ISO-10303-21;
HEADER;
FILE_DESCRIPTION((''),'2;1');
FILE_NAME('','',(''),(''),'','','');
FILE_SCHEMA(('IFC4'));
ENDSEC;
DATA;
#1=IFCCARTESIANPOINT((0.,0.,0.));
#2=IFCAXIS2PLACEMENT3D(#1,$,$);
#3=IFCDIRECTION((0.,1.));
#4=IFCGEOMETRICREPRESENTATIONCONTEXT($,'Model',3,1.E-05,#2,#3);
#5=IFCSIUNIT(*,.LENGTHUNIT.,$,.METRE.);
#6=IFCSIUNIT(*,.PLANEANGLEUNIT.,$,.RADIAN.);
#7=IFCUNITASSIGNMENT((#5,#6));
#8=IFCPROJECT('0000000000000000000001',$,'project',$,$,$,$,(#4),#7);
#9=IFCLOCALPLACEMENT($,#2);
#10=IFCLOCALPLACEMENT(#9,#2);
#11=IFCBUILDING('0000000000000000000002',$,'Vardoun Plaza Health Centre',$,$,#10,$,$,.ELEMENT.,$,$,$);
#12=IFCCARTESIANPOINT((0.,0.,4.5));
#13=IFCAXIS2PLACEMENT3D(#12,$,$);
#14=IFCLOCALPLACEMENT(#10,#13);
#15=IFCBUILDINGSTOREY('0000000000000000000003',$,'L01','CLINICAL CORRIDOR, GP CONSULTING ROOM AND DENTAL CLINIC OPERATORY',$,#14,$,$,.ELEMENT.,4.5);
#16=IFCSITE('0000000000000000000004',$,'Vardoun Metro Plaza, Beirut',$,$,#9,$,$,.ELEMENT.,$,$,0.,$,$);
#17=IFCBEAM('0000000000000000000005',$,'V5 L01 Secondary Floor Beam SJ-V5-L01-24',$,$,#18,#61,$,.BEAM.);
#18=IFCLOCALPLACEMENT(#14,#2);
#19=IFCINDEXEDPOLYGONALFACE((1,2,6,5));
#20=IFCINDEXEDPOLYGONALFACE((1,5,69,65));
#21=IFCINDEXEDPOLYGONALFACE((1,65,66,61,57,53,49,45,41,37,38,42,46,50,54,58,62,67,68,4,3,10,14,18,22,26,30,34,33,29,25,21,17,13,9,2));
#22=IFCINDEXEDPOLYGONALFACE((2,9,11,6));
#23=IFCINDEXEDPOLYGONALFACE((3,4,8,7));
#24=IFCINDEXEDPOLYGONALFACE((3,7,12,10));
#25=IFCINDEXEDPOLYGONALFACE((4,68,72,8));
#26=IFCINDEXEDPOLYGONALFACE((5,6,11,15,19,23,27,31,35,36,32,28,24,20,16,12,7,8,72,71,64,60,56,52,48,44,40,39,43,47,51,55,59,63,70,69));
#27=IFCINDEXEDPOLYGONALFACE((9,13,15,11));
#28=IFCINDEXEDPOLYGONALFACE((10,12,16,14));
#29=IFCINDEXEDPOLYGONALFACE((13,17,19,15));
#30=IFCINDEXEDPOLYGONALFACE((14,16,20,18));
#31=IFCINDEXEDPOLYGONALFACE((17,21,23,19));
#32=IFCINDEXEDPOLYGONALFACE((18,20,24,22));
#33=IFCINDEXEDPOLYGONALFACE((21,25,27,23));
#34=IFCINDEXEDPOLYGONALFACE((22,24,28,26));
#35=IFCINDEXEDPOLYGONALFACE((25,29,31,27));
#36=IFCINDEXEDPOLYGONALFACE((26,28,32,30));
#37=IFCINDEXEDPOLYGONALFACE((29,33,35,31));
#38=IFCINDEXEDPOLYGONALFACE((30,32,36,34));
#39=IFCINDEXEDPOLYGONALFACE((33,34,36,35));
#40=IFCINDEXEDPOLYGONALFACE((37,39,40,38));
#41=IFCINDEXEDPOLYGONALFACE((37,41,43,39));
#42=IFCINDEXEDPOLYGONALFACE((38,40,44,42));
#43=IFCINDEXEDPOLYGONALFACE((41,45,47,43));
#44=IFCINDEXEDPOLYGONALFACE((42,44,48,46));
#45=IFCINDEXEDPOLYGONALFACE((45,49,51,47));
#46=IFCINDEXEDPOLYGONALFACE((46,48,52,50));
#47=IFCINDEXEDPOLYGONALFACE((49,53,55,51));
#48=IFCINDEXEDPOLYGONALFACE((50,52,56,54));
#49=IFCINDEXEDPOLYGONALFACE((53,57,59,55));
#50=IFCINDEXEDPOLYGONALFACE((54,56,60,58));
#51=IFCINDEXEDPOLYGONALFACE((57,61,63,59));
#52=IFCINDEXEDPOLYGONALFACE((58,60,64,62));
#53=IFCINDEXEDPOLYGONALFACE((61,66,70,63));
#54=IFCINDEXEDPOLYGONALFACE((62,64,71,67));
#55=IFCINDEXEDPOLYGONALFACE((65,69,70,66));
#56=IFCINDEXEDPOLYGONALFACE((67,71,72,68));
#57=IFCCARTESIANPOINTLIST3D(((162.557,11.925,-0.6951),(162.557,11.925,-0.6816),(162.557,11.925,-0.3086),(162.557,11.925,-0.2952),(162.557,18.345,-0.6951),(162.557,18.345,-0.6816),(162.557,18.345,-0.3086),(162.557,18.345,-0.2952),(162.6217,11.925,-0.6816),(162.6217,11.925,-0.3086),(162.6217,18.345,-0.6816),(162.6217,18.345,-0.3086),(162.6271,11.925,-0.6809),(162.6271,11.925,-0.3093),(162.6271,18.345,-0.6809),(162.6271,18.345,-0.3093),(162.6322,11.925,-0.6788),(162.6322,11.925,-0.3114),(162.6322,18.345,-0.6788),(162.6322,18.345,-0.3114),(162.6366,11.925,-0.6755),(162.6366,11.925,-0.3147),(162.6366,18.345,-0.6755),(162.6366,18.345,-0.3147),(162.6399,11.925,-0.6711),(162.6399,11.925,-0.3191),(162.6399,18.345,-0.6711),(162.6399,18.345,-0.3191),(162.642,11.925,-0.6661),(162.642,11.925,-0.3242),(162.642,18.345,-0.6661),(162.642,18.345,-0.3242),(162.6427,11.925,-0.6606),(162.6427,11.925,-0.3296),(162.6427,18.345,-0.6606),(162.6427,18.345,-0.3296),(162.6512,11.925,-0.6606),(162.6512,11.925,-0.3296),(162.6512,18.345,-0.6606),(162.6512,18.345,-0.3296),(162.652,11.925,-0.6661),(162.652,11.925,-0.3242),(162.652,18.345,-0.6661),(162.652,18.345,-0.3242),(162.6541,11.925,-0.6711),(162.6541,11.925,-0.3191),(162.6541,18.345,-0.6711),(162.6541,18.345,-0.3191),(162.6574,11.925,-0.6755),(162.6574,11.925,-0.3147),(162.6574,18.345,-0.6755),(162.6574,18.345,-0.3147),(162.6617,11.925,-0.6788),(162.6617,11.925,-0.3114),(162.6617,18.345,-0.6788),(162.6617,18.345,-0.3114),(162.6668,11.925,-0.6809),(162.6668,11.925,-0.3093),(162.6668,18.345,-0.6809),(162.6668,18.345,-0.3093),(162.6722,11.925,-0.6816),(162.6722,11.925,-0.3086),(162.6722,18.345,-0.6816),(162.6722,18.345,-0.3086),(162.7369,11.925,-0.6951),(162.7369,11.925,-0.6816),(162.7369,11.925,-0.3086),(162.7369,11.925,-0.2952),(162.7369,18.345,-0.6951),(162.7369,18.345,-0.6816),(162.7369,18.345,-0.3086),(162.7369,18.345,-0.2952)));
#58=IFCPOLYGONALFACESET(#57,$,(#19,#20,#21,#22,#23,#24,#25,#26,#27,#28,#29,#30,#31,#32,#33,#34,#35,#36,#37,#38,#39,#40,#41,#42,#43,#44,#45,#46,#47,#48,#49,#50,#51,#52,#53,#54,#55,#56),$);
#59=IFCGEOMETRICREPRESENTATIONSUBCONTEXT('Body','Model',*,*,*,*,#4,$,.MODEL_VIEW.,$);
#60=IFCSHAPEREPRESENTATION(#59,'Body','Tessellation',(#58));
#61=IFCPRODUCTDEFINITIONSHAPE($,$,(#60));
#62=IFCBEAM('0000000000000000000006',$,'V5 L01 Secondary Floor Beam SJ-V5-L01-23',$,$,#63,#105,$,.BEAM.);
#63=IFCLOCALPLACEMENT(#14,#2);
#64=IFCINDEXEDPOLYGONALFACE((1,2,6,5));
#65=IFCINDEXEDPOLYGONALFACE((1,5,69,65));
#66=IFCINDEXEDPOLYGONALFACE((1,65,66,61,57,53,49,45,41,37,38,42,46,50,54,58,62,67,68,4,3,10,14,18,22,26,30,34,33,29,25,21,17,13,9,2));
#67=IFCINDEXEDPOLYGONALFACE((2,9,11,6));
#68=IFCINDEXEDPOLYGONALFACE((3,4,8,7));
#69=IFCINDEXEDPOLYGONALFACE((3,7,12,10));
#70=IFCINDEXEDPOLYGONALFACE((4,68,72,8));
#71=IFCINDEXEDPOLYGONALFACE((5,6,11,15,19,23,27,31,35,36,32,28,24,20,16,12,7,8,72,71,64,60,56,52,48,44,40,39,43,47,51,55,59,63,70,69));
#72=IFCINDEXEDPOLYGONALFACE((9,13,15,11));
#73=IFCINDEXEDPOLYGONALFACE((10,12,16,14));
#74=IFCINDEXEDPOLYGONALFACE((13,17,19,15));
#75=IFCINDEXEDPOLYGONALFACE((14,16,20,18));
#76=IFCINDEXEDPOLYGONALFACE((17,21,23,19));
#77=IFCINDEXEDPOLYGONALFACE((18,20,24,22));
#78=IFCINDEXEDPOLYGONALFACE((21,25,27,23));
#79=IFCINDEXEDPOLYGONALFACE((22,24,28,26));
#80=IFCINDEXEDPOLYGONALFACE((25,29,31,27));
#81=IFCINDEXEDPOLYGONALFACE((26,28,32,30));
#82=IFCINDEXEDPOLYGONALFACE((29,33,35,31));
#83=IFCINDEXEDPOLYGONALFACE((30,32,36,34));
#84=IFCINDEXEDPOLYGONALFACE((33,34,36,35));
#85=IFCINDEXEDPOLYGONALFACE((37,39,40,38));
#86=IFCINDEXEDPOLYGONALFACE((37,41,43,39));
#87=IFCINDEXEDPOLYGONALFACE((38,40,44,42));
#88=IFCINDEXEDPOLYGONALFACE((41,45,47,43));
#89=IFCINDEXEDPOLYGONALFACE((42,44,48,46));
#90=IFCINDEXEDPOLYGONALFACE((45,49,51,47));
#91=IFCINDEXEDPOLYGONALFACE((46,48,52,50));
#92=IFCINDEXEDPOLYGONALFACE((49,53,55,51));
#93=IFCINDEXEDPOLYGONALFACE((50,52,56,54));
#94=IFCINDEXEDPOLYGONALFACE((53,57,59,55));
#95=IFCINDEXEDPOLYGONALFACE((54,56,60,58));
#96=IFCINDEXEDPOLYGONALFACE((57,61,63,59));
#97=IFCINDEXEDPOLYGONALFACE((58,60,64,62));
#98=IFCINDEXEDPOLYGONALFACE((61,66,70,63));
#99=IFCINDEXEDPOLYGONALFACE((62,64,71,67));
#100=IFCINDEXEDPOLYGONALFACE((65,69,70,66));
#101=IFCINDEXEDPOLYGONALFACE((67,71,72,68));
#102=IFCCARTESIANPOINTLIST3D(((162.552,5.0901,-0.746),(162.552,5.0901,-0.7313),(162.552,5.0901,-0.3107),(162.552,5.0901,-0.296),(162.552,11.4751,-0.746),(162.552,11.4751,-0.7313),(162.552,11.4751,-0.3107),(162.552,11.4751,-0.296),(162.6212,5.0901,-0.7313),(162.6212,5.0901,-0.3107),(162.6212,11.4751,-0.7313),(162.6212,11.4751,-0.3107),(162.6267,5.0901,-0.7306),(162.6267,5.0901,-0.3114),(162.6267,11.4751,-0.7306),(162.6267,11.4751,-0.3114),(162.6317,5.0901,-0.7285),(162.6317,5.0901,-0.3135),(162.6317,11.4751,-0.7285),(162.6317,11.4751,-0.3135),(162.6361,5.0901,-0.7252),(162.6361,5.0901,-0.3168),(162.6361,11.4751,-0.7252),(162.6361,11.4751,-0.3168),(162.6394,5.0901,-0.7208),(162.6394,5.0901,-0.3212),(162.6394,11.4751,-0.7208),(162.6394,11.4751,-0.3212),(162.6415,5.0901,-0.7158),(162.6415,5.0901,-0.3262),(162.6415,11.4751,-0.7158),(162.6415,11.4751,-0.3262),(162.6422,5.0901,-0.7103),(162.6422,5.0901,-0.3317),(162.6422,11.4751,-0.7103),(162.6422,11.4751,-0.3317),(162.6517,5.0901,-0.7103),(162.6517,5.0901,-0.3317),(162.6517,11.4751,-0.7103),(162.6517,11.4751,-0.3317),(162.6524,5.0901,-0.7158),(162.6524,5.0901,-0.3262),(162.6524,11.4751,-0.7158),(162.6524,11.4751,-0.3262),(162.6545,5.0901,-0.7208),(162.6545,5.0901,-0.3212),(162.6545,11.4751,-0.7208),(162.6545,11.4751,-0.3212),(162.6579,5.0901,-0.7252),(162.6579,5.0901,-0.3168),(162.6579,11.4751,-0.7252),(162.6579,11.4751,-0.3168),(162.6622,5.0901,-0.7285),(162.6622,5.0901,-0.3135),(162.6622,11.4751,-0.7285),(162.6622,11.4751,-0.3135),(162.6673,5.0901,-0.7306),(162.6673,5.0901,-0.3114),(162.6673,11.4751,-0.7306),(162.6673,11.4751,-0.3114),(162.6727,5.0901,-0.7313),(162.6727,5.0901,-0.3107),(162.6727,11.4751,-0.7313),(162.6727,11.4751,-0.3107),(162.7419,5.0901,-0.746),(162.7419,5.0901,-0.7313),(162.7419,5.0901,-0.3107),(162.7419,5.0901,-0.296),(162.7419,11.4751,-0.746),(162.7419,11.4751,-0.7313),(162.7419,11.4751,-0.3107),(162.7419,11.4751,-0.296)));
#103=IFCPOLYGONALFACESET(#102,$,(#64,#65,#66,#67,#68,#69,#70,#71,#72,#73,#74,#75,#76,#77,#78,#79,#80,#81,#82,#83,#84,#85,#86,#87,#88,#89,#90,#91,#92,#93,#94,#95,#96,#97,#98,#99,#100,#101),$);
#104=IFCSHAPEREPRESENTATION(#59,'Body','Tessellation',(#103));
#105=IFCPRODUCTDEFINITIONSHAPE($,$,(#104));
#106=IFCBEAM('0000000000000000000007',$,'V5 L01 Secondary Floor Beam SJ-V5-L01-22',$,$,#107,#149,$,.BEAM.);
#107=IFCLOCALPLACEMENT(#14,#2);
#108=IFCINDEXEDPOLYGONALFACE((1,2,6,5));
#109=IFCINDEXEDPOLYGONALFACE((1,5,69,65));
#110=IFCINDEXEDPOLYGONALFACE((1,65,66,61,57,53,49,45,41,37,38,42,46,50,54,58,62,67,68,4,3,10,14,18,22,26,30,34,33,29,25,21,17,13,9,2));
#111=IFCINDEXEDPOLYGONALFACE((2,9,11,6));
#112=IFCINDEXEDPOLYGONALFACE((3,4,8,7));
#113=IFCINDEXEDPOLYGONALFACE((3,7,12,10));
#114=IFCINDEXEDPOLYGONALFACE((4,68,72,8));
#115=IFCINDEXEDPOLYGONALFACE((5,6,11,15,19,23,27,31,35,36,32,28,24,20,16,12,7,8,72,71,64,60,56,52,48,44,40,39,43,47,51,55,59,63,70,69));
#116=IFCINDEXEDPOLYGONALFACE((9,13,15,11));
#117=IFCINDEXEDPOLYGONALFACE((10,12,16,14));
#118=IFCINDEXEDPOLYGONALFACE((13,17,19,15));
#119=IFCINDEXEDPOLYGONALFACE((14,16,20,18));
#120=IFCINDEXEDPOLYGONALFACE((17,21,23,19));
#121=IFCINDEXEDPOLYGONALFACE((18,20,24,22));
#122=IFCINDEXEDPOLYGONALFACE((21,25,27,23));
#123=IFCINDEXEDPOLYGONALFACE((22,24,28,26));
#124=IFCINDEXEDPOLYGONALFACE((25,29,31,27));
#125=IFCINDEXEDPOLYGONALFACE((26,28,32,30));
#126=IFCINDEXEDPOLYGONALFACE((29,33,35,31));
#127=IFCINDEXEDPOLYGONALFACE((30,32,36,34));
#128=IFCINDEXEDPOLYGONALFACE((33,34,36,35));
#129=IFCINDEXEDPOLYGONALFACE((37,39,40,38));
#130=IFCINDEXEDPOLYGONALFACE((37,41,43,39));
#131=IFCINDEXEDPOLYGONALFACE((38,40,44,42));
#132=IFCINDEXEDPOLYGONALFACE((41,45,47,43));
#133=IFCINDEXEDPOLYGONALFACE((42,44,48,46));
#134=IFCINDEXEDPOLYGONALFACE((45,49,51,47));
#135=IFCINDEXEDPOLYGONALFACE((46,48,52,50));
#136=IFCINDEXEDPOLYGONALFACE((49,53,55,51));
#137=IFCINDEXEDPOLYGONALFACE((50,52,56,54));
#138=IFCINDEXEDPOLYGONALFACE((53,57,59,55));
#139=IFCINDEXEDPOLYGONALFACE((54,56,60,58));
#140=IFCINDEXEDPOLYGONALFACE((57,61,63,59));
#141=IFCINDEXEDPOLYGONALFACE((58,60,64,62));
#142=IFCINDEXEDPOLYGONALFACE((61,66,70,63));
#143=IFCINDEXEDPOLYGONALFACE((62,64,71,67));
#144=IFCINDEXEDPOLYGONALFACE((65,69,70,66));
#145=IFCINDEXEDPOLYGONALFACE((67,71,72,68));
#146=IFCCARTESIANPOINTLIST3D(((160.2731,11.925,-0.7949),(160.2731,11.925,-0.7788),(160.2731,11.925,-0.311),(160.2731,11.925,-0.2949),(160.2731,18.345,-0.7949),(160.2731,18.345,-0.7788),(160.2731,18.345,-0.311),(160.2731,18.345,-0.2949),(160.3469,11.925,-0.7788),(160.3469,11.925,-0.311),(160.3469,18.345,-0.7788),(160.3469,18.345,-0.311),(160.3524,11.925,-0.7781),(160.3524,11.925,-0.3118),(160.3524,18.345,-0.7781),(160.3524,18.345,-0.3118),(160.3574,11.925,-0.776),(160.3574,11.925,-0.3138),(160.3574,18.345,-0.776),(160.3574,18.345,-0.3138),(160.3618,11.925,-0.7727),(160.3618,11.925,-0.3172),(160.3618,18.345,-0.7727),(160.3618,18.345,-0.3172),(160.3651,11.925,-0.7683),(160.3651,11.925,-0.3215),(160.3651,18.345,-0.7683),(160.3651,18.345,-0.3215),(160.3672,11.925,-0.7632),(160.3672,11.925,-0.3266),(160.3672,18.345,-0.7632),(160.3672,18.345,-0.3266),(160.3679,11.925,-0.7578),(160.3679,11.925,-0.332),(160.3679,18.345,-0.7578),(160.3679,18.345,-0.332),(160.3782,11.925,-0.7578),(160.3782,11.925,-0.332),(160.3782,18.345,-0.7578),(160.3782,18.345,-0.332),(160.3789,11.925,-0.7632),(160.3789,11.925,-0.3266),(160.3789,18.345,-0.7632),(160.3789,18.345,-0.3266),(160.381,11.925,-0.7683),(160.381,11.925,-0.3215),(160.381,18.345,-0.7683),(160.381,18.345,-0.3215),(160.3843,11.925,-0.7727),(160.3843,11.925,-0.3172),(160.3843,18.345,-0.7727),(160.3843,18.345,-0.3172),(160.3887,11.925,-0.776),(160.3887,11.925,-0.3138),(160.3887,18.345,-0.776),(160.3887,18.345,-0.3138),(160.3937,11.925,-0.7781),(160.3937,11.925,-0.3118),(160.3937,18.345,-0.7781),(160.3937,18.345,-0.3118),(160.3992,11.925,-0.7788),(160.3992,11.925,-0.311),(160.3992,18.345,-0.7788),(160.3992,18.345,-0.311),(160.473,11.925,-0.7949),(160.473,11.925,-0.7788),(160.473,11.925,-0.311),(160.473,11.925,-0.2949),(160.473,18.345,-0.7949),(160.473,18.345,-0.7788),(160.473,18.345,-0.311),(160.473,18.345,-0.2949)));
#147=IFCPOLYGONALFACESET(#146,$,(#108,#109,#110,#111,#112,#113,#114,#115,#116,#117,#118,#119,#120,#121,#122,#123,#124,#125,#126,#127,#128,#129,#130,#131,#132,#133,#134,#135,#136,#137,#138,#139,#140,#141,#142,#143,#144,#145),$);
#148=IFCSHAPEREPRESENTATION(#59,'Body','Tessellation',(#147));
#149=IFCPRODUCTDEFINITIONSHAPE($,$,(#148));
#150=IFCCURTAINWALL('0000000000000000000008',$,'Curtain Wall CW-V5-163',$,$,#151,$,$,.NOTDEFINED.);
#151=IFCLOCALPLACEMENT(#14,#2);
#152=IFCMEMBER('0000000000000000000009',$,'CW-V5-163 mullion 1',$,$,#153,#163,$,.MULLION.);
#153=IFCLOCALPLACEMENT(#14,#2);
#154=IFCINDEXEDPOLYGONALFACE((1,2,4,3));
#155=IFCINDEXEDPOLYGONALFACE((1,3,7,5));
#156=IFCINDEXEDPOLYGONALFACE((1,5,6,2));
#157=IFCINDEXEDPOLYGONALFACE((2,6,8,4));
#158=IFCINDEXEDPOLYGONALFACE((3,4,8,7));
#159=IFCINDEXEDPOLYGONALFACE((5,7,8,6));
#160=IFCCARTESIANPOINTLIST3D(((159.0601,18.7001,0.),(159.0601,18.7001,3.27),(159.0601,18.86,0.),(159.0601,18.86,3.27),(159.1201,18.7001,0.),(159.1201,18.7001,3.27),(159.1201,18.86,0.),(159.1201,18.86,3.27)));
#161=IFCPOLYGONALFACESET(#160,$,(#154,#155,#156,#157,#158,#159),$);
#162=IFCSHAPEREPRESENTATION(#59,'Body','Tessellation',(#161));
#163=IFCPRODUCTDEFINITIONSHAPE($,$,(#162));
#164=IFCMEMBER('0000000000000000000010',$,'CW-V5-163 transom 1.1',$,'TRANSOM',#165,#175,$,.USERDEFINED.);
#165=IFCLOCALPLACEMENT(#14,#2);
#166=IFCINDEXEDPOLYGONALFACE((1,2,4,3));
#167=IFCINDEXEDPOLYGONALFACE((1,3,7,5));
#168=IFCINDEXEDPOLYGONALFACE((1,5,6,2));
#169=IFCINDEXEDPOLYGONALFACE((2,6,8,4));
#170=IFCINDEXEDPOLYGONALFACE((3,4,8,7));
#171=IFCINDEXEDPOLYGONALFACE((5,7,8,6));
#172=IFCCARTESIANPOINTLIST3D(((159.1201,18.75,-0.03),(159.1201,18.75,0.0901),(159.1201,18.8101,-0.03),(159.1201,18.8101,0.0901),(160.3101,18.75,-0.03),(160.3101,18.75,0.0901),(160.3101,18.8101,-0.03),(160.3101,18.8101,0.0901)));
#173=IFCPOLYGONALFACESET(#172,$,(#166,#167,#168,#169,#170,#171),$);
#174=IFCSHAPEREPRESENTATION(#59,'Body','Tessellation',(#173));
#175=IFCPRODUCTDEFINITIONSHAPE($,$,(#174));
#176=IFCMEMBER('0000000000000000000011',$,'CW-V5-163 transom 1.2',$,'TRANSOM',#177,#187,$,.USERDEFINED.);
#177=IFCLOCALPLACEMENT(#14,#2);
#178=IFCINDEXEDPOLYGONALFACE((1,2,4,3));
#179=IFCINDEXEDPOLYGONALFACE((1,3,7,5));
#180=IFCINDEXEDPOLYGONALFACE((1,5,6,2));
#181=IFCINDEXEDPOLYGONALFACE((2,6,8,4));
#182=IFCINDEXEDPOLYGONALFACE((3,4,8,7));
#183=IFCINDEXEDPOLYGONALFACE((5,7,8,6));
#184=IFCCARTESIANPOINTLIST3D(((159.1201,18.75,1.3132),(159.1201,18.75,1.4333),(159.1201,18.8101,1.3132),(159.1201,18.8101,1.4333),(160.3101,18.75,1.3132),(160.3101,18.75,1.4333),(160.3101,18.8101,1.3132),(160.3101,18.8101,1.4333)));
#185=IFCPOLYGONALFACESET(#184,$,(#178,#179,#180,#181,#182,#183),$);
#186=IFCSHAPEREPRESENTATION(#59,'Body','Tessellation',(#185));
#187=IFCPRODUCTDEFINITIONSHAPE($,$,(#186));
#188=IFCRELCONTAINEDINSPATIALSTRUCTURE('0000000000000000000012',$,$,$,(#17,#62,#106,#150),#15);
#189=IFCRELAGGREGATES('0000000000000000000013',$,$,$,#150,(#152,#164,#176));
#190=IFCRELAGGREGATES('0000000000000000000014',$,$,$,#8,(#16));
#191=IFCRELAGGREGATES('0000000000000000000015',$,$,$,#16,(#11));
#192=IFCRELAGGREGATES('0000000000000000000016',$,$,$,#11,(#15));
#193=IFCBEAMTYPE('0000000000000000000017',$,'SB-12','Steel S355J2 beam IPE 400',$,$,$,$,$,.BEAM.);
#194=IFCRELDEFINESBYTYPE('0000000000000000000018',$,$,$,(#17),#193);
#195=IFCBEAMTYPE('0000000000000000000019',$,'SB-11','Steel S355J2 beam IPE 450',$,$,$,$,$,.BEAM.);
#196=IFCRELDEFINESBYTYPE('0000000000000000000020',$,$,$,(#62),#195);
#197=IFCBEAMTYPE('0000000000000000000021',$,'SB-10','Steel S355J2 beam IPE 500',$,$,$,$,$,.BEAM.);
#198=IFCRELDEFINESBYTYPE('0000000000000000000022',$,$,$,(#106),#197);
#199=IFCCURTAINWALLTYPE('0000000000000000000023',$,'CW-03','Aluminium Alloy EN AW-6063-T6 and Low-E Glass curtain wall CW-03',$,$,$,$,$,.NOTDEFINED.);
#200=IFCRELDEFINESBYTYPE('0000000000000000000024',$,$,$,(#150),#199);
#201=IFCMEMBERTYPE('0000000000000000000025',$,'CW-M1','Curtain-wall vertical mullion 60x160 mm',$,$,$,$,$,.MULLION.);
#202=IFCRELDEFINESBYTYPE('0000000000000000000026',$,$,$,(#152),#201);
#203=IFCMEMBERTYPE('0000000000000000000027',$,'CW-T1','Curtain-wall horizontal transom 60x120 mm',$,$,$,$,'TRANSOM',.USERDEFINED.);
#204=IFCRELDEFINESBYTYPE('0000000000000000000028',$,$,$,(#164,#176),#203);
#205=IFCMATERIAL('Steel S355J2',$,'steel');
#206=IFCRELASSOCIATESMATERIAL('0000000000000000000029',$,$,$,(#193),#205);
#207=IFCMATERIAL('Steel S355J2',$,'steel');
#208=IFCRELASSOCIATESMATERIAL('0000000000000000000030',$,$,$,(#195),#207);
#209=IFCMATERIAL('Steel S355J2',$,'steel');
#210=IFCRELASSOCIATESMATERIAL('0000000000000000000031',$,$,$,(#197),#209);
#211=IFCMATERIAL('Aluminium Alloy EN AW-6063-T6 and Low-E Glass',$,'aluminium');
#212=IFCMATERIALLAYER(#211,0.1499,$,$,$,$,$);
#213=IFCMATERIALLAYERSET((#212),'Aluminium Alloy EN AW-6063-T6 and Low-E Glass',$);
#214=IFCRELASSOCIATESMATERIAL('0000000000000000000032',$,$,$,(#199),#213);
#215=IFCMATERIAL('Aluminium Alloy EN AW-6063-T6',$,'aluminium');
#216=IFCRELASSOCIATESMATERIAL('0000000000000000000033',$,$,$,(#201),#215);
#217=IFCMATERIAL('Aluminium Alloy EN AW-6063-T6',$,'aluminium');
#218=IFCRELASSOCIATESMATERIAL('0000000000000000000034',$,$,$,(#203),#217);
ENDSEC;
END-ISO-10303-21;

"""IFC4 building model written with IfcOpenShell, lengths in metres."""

from ifc_helpers import new_model, si_unit, direction, frame, origin, origin_2d, place, context, subcontext, project, spatial, rectangle, i_section, extrude, material, layer, layer_set, material_profile, profile_set, type_object, element, aggregate, save


model = new_model("IFC4")

# Units and contexts
model_context = context("Model", 3, precision=1e-05, world=origin(), true_north=direction((0.0, 1.0)))
body_context = subcontext(model_context, "Body", "Model", "MODEL_VIEW")
ifc_project = project(units=[si_unit("LENGTHUNIT", "METRE"), si_unit("PLANEANGLEUNIT", "RADIAN")], contexts=[model_context])

# Site, building, storey
site_placement = place(None, origin())
site = spatial("IfcSite", under=ifc_project, at=site_placement, Name="Vardoun Metro Plaza, Beirut", CompositionType="ELEMENT", RefElevation=0.0)
building_placement = place(site_placement, origin())
building = spatial("IfcBuilding", under=site, at=building_placement, Name="Vardoun Plaza Health Centre", CompositionType="ELEMENT")
storey_placement = place(building_placement, frame((0.0, 0.0, 4.5)))
storey = spatial("IfcBuildingStorey", under=building, at=storey_placement, Name="L01", Description="CLINICAL CORRIDOR, GP CONSULTING ROOM AND DENTAL CLINIC OPERATORY", CompositionType="ELEMENT", Elevation=4.5)

# Beams
ifc_material_1 = material(Name="Steel S355J2", Category="steel")
ifc_material_profile_1 = material_profile(ifc_material_1, i_section(OverallWidth=0.1799, OverallDepth=0.3999, WebThickness=0.0085, FlangeThickness=0.0134, FilletRadius=0.021, at=origin_2d()), Name="IPE 400")
ifc_profile_set_1 = profile_set([ifc_material_profile_1], Name="Steel S355J2")
beam_type_1 = type_object("IfcBeamType", Name="SB-12", Description="Steel S355J2 beam IPE 400", PredefinedType="BEAM", material=ifc_profile_set_1)
beam_1_placement = place(storey_placement, frame((162.647, 11.925, -0.4951), z_axis=(0.0, 1.0, 0.0), x_axis=(-1.0, 0.0, 0.0)))
element("IfcBeam", 1, at=beam_1_placement, inside=storey, type_object=beam_type_1, Name="V5 L01 Secondary Floor Beam SJ-V5-L01-24", PredefinedType="BEAM", context=body_context, shape_type="SweptSolid", body=[
    extrude(i_section(OverallWidth=0.1799, OverallDepth=0.3999, WebThickness=0.0085, FlangeThickness=0.0134, FilletRadius=0.021, at=origin_2d()), origin(), (0.0, 0.0, 1.0), 6.4199),
])
ifc_material_2 = material(Name="Steel S355J2", Category="steel")
ifc_material_profile_2 = material_profile(ifc_material_2, i_section(OverallWidth=0.1899, OverallDepth=0.45, WebThickness=0.0095, FlangeThickness=0.0146, FilletRadius=0.021, at=origin_2d()), Name="IPE 450")
ifc_profile_set_2 = profile_set([ifc_material_profile_2], Name="Steel S355J2")
beam_type_2 = type_object("IfcBeamType", Name="SB-11", Description="Steel S355J2 beam IPE 450", PredefinedType="BEAM", material=ifc_profile_set_2)
beam_2_placement = place(storey_placement, frame((162.647, 5.0901, -0.521), z_axis=(0.0, 1.0, 0.0), x_axis=(-1.0, 0.0, 0.0)))
element("IfcBeam", 2, at=beam_2_placement, inside=storey, type_object=beam_type_2, Name="V5 L01 Secondary Floor Beam SJ-V5-L01-23", PredefinedType="BEAM", context=body_context, shape_type="SweptSolid", body=[
    extrude(i_section(OverallWidth=0.1899, OverallDepth=0.45, WebThickness=0.0095, FlangeThickness=0.0146, FilletRadius=0.021, at=origin_2d()), origin(), (0.0, 0.0, 1.0), 6.385),
])
ifc_material_3 = material(Name="Steel S355J2", Category="steel")
ifc_material_profile_3 = material_profile(ifc_material_3, i_section(OverallWidth=0.2, OverallDepth=0.5, WebThickness=0.0103, FlangeThickness=0.0161, FilletRadius=0.021, at=origin_2d()), Name="IPE 500")
ifc_profile_set_3 = profile_set([ifc_material_profile_3], Name="Steel S355J2")
beam_type_3 = type_object("IfcBeamType", Name="SB-10", Description="Steel S355J2 beam IPE 500", PredefinedType="BEAM", material=ifc_profile_set_3)
beam_3_placement = place(storey_placement, frame((160.373, 11.925, -0.5449), z_axis=(0.0, 1.0, 0.0), x_axis=(-1.0, 0.0, 0.0)))
element("IfcBeam", 3, at=beam_3_placement, inside=storey, type_object=beam_type_3, Name="V5 L01 Secondary Floor Beam SJ-V5-L01-22", PredefinedType="BEAM", context=body_context, shape_type="SweptSolid", body=[
    extrude(i_section(OverallWidth=0.2, OverallDepth=0.5, WebThickness=0.0103, FlangeThickness=0.0161, FilletRadius=0.021, at=origin_2d()), origin(), (0.0, 0.0, 1.0), 6.4199),
])

# Curtain wall, members
ifc_material_4 = material(Name="Aluminium Alloy EN AW-6063-T6 and Low-E Glass", Category="aluminium")
ifc_layer_1 = layer(ifc_material_4, 0.1499)
ifc_layer_set_1 = layer_set([ifc_layer_1], Name="Aluminium Alloy EN AW-6063-T6 and Low-E Glass")
curtain_wall_type = type_object("IfcCurtainWallType", Name="CW-03", Description="Aluminium Alloy EN AW-6063-T6 and Low-E Glass curtain wall CW-03", PredefinedType="NOTDEFINED", material=ifc_layer_set_1)
curtain_wall_placement = place(storey_placement, origin())
curtain_wall = element("IfcCurtainWall", 4, at=curtain_wall_placement, inside=storey, type_object=curtain_wall_type, Name="Curtain Wall CW-V5-163", PredefinedType="NOTDEFINED")
ifc_material_5 = material(Name="Aluminium Alloy EN AW-6063-T6", Category="aluminium")
ifc_material_profile_4 = material_profile(ifc_material_5, rectangle(XDim=0.1599, YDim=0.0601, at=origin_2d()), Name="CWM 60x160")
ifc_profile_set_4 = profile_set([ifc_material_profile_4], Name="Aluminium Alloy EN AW-6063-T6")
member_type_1 = type_object("IfcMemberType", Name="CW-M1", Description="Curtain-wall vertical mullion 60x160 mm", PredefinedType="MULLION", material=ifc_profile_set_4)
member_1_placement = place(storey_placement, frame((159.0901, 18.78, 0.0), z_axis=(0.0, 0.0, 1.0), x_axis=(0.0, 1.0, 0.0)))
member_1 = element("IfcMember", 5, at=member_1_placement, type_object=member_type_1, Name="CW-V5-163 mullion 1", PredefinedType="MULLION", context=body_context, shape_type="SweptSolid", body=[
    extrude(rectangle(XDim=0.1599, YDim=0.0601, at=origin_2d()), origin(), (0.0, 0.0, 1.0), 3.27),
])
ifc_material_6 = material(Name="Aluminium Alloy EN AW-6063-T6", Category="aluminium")
ifc_material_profile_5 = material_profile(ifc_material_6, rectangle(XDim=0.0601, YDim=0.1201, at=origin_2d()), Name="CWT 60x120")
ifc_profile_set_5 = profile_set([ifc_material_profile_5], Name="Aluminium Alloy EN AW-6063-T6")
member_type_2 = type_object("IfcMemberType", Name="CW-T1", Description="Curtain-wall horizontal transom 60x120 mm", ElementType="TRANSOM", PredefinedType="USERDEFINED", material=ifc_profile_set_5)
member_2_placement = place(storey_placement, frame((159.1201, 18.78, 0.03), z_axis=(1.0, 0.0, 0.0), x_axis=(0.0, 1.0, 0.0)))
member_2 = element("IfcMember", 6, at=member_2_placement, type_object=member_type_2, Name="CW-V5-163 transom 1.1", ObjectType="TRANSOM", PredefinedType="USERDEFINED", context=body_context, shape_type="SweptSolid", body=[
    extrude(rectangle(XDim=0.0601, YDim=0.1201, at=origin_2d()), origin(), (0.0, 0.0, 1.0), 1.1899),
])
member_3_placement = place(storey_placement, frame((159.1201, 18.78, 1.3733), z_axis=(1.0, 0.0, 0.0), x_axis=(0.0, 1.0, 0.0)))
member_3 = element("IfcMember", 7, at=member_3_placement, type_object=member_type_2, Name="CW-V5-163 transom 1.2", ObjectType="TRANSOM", PredefinedType="USERDEFINED", context=body_context, shape_type="SweptSolid", body=[
    extrude(rectangle(XDim=0.0601, YDim=0.1201, at=origin_2d()), origin(), (0.0, 0.0, 1.0), 1.1899),
])
aggregate(curtain_wall, [member_1, member_2, member_3])

save(model, "model.ifc")
